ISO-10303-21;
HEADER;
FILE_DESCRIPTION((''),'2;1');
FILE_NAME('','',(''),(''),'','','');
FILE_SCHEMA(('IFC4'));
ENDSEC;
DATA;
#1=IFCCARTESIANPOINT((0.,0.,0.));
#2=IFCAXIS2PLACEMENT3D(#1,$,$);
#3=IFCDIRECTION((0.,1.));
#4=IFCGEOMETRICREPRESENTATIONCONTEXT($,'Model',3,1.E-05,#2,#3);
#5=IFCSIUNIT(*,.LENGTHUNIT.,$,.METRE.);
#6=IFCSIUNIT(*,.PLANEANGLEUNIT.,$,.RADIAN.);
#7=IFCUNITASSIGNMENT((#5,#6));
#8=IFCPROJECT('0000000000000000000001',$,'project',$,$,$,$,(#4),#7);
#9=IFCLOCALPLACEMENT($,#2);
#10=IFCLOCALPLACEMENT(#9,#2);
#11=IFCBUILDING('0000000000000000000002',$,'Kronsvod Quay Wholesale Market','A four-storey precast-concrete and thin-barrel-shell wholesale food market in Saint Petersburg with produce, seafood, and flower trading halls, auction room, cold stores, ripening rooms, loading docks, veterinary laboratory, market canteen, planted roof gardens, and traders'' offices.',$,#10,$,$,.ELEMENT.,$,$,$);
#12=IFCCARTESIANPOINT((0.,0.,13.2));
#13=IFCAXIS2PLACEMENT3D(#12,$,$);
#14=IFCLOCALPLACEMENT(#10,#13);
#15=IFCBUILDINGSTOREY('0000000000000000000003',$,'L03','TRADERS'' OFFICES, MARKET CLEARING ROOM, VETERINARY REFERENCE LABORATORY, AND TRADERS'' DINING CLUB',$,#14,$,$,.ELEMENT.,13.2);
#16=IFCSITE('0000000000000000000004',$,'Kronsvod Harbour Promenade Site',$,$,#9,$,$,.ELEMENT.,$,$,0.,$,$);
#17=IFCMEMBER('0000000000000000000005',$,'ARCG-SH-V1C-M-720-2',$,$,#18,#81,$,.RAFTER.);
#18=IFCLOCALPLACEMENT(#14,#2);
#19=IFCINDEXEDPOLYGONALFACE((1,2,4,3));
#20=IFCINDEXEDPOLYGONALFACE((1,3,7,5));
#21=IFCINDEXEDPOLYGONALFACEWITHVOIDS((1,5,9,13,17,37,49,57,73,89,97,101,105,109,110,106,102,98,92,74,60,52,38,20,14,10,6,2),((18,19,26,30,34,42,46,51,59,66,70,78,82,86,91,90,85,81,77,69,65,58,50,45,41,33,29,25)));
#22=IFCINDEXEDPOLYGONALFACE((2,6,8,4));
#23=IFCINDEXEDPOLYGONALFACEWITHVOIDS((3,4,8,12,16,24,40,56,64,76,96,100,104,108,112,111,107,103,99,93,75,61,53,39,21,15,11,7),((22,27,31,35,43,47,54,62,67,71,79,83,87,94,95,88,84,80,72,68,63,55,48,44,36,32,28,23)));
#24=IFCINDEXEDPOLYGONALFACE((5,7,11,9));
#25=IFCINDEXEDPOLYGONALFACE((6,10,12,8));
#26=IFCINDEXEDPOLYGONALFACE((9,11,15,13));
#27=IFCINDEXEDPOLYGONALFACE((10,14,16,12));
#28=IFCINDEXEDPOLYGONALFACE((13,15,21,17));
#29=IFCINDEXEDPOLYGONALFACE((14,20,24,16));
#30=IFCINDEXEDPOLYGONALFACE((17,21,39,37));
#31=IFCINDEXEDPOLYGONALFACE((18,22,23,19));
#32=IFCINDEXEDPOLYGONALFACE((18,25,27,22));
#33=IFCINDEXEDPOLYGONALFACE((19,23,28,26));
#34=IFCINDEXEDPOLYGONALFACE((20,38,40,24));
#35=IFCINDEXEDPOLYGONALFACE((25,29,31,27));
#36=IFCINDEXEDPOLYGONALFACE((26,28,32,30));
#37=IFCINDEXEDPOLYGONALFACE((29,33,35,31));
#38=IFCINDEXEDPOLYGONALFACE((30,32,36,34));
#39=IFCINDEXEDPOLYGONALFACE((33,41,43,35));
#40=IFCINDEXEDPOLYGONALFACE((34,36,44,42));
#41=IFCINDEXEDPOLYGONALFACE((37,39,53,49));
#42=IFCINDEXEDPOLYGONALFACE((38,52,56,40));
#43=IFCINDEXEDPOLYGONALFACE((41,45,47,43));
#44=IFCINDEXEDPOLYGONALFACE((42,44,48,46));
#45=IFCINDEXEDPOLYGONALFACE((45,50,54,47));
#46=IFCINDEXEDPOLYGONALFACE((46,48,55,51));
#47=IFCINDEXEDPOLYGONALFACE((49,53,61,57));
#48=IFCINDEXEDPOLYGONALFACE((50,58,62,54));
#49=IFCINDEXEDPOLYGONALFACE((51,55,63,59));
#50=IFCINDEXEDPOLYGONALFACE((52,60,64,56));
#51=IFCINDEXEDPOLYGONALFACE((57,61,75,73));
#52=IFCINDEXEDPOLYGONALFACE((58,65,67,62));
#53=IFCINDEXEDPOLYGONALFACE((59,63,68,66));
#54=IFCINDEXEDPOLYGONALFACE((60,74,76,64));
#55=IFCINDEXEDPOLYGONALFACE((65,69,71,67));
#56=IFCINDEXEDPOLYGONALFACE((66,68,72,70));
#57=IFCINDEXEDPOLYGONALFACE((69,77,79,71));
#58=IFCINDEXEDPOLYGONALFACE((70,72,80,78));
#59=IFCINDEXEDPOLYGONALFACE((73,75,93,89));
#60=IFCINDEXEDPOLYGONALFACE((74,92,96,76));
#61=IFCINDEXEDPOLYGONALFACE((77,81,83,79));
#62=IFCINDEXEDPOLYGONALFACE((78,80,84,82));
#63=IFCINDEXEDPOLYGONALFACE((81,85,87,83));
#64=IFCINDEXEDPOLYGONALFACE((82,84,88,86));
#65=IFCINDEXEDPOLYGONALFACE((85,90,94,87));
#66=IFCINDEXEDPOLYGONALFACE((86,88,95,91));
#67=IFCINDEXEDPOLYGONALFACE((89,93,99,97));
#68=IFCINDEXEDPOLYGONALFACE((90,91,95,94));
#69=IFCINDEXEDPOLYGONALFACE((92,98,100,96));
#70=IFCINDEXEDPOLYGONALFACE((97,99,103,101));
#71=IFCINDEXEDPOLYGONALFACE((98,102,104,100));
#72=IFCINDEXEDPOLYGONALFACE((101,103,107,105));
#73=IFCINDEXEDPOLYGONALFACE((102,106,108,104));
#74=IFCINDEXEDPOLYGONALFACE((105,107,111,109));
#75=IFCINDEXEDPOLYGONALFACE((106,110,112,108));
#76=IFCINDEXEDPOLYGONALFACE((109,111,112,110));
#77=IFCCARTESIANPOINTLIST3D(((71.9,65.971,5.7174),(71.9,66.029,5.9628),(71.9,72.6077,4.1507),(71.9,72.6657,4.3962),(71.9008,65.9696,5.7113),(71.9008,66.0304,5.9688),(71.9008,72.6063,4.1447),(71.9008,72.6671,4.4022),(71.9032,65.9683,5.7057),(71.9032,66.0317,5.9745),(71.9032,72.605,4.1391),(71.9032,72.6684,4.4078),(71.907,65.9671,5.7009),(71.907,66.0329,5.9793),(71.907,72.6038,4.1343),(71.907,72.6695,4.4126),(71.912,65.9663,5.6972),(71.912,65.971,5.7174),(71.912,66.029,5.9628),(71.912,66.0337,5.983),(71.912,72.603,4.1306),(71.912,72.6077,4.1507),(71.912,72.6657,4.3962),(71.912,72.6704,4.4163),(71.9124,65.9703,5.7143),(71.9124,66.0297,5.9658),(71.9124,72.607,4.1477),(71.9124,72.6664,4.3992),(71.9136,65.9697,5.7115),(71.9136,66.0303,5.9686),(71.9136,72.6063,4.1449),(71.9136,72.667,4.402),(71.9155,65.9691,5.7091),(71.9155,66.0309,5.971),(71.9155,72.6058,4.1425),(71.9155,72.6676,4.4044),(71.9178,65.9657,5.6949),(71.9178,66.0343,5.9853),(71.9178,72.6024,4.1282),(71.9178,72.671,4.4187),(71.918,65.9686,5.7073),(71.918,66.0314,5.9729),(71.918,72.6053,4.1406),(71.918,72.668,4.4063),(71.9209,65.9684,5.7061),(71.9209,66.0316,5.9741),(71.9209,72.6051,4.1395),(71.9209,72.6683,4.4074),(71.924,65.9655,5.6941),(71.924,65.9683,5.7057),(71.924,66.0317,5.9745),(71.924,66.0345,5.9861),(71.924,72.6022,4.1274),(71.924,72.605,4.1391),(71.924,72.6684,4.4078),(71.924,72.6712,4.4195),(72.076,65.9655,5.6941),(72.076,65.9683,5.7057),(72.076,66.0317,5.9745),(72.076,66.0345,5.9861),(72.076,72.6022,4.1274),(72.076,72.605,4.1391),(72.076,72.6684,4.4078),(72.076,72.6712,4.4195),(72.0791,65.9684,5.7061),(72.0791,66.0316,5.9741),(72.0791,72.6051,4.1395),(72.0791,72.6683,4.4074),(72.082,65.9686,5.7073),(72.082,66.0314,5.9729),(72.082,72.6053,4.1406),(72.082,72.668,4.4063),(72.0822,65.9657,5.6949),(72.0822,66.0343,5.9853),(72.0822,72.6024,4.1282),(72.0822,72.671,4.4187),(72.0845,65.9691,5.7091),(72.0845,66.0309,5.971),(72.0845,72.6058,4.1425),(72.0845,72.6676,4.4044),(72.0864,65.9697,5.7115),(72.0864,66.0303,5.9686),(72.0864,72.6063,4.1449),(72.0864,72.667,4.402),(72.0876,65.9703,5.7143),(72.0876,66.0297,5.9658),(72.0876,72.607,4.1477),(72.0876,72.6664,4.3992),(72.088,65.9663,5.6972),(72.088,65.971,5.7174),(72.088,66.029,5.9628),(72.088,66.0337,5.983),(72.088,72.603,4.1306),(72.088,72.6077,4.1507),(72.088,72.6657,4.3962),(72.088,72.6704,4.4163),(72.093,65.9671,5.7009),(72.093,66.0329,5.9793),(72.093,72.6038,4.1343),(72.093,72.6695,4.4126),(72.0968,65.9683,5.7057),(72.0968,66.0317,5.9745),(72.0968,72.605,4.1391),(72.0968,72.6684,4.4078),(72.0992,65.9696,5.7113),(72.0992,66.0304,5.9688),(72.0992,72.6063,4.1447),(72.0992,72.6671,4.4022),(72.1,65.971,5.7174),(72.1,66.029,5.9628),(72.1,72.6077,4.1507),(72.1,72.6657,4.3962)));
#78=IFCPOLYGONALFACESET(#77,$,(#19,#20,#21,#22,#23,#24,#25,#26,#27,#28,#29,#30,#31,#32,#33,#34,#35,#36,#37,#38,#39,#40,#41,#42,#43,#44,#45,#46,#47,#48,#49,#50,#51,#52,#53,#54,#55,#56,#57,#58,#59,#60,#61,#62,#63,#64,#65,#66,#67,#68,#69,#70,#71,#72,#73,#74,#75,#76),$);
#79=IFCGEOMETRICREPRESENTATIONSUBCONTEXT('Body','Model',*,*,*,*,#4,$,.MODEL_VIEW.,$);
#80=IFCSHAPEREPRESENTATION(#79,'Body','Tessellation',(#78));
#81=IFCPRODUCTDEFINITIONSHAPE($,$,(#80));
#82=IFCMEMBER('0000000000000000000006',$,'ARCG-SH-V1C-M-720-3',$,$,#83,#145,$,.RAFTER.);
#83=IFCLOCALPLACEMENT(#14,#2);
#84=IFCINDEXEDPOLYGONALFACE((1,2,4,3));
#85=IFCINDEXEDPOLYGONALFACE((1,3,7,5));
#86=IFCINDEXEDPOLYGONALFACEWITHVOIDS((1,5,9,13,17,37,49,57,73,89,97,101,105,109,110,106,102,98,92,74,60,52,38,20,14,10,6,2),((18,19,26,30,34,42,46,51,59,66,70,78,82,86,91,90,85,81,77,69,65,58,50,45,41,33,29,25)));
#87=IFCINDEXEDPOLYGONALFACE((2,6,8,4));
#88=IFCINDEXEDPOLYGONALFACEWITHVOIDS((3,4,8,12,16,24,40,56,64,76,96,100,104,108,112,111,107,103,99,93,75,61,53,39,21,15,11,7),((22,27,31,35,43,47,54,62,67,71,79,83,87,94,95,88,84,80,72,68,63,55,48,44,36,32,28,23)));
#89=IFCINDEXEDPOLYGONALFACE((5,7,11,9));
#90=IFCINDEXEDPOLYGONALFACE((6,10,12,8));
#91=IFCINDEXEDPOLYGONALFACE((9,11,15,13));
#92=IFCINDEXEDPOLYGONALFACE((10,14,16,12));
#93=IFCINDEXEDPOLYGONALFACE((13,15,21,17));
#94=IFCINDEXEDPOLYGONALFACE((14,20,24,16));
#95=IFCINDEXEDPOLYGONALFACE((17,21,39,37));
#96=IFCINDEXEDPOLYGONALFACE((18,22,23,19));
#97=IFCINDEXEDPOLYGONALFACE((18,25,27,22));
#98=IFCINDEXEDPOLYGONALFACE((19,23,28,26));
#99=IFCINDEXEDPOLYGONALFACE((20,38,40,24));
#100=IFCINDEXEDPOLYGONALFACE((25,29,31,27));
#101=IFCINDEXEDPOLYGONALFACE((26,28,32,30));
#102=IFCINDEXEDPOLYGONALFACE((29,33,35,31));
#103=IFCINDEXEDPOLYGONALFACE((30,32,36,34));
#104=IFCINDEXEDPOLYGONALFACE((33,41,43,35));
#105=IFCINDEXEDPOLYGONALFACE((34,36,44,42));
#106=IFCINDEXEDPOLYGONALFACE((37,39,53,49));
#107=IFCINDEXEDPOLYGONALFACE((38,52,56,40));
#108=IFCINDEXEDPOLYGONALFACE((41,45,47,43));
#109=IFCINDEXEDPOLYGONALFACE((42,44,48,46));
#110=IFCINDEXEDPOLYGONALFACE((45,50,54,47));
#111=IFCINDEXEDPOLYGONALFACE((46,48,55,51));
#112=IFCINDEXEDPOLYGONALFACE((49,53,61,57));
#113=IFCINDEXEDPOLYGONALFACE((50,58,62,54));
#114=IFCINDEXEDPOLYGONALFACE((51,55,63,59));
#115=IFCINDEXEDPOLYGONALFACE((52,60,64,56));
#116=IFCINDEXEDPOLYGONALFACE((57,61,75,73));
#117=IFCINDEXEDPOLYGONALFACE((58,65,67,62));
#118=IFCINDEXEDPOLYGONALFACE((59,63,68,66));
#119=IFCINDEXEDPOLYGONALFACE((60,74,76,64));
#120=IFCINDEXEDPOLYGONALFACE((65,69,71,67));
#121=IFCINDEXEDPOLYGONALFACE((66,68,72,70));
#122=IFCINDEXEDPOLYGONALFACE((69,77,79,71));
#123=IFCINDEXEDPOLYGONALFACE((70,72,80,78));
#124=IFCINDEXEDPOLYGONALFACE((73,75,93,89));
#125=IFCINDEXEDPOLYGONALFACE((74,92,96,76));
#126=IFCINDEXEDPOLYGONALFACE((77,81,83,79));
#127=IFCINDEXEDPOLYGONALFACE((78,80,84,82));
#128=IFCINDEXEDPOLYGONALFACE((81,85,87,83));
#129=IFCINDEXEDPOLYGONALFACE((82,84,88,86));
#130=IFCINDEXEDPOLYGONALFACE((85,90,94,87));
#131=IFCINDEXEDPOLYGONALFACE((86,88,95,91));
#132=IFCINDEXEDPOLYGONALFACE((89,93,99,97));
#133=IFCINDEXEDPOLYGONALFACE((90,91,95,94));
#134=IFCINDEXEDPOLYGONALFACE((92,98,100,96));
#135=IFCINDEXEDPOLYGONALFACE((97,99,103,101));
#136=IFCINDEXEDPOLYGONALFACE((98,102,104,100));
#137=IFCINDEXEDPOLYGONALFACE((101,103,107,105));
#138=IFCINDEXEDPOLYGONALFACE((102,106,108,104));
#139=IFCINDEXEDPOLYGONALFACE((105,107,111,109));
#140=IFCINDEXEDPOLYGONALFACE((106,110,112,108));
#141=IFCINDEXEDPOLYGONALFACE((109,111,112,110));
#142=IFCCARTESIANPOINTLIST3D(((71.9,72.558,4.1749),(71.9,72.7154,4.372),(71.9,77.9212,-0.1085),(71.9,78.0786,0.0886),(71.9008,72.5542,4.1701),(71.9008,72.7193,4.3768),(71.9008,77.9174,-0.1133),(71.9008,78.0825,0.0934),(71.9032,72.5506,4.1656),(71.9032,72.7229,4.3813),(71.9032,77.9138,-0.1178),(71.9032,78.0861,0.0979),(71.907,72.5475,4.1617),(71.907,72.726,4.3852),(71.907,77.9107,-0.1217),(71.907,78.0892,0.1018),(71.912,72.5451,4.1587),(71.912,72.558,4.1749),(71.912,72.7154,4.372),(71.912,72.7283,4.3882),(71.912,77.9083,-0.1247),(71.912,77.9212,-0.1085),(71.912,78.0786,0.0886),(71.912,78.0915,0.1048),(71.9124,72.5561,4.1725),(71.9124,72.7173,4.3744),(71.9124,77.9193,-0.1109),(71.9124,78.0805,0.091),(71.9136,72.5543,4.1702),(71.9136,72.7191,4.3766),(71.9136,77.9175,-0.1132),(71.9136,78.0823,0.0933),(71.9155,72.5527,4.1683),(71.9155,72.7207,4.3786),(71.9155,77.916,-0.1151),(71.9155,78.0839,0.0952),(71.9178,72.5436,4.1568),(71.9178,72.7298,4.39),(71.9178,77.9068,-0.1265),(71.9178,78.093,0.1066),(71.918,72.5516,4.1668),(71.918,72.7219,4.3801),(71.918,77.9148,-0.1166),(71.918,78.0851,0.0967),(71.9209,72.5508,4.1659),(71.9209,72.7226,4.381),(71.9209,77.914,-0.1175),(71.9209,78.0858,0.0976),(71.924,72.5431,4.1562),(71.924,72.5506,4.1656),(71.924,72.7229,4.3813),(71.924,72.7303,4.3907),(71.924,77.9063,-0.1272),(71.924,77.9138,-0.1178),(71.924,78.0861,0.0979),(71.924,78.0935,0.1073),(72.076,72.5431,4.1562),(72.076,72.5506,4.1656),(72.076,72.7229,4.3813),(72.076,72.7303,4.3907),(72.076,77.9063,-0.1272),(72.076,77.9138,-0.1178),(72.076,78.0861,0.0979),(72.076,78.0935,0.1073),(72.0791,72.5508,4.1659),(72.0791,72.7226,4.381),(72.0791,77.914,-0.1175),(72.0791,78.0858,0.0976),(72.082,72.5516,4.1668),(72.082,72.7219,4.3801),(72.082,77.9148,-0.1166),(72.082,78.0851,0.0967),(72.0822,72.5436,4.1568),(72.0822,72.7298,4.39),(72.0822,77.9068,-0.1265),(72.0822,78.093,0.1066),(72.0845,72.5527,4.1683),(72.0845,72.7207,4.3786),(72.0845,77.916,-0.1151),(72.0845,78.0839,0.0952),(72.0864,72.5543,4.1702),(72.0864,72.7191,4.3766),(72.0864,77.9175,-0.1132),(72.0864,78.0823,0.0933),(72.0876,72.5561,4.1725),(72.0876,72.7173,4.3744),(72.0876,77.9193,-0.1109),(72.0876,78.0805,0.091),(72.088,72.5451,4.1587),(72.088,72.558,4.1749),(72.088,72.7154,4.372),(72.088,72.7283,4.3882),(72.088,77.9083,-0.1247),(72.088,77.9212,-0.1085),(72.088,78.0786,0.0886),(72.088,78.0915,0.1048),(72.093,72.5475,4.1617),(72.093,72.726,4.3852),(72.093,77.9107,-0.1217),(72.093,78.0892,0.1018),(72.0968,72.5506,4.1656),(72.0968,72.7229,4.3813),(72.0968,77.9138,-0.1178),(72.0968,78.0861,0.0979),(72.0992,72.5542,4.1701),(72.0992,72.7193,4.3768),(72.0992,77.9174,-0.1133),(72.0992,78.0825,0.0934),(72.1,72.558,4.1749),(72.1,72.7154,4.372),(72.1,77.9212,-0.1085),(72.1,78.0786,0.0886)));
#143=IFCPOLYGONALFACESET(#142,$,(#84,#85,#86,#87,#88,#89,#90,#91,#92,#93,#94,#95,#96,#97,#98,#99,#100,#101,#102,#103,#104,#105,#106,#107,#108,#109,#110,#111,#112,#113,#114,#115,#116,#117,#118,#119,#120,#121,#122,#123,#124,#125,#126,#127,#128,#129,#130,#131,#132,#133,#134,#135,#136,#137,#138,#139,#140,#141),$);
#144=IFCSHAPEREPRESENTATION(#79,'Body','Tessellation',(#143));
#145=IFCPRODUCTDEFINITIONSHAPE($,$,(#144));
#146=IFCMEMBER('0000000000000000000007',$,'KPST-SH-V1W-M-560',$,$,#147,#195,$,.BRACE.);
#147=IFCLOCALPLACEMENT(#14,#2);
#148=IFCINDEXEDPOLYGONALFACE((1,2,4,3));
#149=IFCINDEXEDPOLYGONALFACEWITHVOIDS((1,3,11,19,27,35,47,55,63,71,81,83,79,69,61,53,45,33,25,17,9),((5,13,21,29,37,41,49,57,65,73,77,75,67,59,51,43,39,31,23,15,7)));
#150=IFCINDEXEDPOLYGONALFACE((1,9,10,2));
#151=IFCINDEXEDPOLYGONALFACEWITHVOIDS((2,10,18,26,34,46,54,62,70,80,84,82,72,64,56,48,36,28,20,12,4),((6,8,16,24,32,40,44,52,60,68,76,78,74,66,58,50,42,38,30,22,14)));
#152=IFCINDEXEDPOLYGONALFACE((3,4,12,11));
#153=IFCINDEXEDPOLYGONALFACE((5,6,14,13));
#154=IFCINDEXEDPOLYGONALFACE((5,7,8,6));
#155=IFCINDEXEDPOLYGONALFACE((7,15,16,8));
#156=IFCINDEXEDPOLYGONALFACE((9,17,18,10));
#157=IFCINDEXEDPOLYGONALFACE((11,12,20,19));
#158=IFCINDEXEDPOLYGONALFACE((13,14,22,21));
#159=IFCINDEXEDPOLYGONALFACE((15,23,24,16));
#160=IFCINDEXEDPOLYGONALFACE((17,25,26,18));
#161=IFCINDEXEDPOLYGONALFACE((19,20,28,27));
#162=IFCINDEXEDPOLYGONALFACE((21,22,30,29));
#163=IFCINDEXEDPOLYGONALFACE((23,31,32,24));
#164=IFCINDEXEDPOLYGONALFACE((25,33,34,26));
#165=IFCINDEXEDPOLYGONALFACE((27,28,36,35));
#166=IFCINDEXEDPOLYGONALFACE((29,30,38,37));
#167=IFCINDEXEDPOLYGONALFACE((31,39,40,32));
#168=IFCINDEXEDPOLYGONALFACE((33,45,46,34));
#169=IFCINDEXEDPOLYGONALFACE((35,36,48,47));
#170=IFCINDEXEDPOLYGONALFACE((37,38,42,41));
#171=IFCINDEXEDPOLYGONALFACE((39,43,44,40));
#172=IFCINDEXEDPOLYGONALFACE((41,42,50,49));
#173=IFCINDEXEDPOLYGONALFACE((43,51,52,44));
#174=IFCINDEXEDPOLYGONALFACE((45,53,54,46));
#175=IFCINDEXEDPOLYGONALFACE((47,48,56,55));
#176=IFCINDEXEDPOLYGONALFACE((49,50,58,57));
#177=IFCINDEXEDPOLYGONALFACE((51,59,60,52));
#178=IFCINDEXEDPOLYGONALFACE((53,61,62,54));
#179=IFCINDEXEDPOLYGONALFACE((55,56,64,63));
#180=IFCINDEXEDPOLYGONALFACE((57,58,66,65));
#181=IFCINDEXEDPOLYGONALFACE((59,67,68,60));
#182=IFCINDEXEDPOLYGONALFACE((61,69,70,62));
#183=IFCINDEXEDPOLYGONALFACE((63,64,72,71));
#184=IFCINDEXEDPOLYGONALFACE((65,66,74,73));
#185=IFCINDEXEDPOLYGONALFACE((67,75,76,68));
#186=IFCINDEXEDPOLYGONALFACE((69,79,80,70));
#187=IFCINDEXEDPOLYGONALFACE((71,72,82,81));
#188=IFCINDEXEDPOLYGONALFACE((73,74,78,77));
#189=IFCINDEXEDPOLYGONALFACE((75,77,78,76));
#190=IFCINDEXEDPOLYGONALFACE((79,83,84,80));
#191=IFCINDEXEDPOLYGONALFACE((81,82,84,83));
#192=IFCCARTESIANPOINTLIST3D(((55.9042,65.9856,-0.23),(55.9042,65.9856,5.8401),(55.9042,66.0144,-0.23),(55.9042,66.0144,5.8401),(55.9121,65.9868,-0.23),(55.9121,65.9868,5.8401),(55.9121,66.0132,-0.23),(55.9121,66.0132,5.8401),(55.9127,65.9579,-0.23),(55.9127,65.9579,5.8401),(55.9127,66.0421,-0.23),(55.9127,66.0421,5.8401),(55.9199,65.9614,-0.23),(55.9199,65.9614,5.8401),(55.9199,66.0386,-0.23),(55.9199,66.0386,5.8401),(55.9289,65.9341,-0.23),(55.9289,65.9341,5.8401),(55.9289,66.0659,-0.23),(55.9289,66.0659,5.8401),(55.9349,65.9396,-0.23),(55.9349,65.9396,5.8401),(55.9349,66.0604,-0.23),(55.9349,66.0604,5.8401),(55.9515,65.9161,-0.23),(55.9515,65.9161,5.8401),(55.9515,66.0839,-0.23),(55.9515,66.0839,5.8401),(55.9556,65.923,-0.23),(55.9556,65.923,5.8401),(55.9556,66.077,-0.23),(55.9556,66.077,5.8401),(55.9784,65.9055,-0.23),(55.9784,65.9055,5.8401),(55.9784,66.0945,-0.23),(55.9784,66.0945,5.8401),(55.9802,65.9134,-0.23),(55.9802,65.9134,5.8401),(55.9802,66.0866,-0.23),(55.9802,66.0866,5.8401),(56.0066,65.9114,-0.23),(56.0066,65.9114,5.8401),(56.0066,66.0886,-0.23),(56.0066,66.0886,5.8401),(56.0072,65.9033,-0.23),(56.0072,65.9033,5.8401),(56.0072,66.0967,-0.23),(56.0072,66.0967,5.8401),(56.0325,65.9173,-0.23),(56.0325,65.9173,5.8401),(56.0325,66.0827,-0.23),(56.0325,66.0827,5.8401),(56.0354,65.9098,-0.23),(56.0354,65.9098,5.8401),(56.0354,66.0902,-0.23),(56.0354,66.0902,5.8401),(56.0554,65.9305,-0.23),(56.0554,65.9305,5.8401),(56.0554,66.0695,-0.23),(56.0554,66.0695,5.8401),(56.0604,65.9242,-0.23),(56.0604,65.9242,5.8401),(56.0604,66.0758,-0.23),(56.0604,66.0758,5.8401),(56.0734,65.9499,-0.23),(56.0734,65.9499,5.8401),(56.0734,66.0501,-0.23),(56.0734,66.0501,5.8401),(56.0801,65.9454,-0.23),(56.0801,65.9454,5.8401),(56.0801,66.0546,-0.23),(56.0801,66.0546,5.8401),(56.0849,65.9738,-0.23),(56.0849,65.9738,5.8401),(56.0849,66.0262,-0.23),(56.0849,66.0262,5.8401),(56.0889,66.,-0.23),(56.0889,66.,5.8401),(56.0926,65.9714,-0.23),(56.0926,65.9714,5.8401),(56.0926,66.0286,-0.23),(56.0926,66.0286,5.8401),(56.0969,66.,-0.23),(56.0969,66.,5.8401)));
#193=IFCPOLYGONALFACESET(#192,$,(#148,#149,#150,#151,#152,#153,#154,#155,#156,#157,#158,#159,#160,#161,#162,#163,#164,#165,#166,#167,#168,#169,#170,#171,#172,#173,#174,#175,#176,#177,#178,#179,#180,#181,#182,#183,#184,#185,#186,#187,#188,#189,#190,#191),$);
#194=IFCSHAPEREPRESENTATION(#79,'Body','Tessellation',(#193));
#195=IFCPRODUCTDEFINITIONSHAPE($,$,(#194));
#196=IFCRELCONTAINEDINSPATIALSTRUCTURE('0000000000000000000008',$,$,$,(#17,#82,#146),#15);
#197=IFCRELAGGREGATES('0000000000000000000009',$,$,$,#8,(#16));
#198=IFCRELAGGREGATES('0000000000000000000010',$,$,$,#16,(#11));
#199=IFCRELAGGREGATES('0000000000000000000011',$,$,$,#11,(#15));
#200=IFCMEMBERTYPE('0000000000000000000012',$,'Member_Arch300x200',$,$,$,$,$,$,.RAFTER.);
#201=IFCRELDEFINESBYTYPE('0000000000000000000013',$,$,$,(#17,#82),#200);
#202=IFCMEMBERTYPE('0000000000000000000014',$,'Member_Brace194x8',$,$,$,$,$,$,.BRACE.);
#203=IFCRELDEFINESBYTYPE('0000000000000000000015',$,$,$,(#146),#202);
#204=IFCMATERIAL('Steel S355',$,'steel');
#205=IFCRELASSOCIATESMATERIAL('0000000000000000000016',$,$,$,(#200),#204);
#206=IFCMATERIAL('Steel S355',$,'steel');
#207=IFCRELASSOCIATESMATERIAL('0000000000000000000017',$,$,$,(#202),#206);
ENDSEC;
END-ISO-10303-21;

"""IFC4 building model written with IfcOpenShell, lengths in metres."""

from ifc_helpers import new_model, si_unit, direction, frame, origin, origin_2d, place, context, subcontext, project, spatial, hollow_rectangle, hollow_circle, extrude, material, material_profile, profile_set, type_object, element, save


model = new_model("IFC4")

# Units and contexts
model_context = context("Model", 3, precision=1e-05, world=origin(), true_north=direction((0.0, 1.0)))
body_context = subcontext(model_context, "Body", "Model", "MODEL_VIEW")
ifc_project = project(units=[si_unit("LENGTHUNIT", "METRE"), si_unit("PLANEANGLEUNIT", "RADIAN")], contexts=[model_context])

# Site, building, storey
site_placement = place(None, origin())
site = spatial("IfcSite", under=ifc_project, at=site_placement, Name="Kronsvod Harbour Promenade Site", CompositionType="ELEMENT", RefElevation=0.0)
building_placement = place(site_placement, origin())
building = spatial("IfcBuilding", under=site, at=building_placement, Name="Kronsvod Quay Wholesale Market", Description="A four-storey precast-concrete and thin-barrel-shell wholesale food market in Saint Petersburg with produce, seafood, and flower trading halls, auction room, cold stores, ripening rooms, loading docks, veterinary laboratory, market canteen, planted roof gardens, and traders' offices.", CompositionType="ELEMENT")
storey_placement = place(building_placement, frame((0.0, 0.0, 13.2)))
storey = spatial("IfcBuildingStorey", under=building, at=storey_placement, Name="L03", Description="TRADERS' OFFICES, MARKET CLEARING ROOM, VETERINARY REFERENCE LABORATORY, AND TRADERS' DINING CLUB", CompositionType="ELEMENT", Elevation=13.2)

# Members
ifc_material_1 = material(Name="Steel S355", Category="steel")
ifc_material_profile_1 = material_profile(ifc_material_1, hollow_rectangle(XDim=0.2, YDim=0.3, WallThickness=0.012, InnerFilletRadius=0.012, OuterFilletRadius=0.0239, at=origin_2d()), Name="RHS300x200x12")
ifc_profile_set_1 = profile_set([ifc_material_profile_1], Name="Steel S355")
member_type_1 = type_object("IfcMemberType", Name="Member_Arch300x200", PredefinedType="RAFTER", material=ifc_profile_set_1)
for number, where, z_axis, x_axis, name in (
    (1, (72.0, 66.0, 5.8401), (0.0, 0.973251, -0.229744), (-1.0, 0.0, 0.0), "ARCG-SH-V1C-M-720-2"),
):
    element("IfcMember", number, at=place(storey_placement, frame(where, z_axis=z_axis, x_axis=x_axis)), inside=storey, type_object=member_type_1, Name=name, PredefinedType="RAFTER", context=body_context, shape_type="SweptSolid", body=[
        extrude(hollow_rectangle(XDim=0.2, YDim=0.3, WallThickness=0.012, InnerFilletRadius=0.012, OuterFilletRadius=0.0239, at=origin_2d()), origin(), (0.0, 0.0, 1.0), 6.8191),
    ])
member_1_placement = place(storey_placement, frame((72.0, 72.6367, 4.2734), z_axis=(0.0, 0.781379, -0.624057), x_axis=(-1.0, 0.0, 0.0)))
element("IfcMember", 2, at=member_1_placement, inside=storey, type_object=member_type_1, Name="ARCG-SH-V1C-M-720-3", PredefinedType="RAFTER", context=body_context, shape_type="SweptSolid", body=[
    extrude(hollow_rectangle(XDim=0.2, YDim=0.3, WallThickness=0.012, InnerFilletRadius=0.012, OuterFilletRadius=0.0239, at=origin_2d()), origin(), (0.0, 0.0, 1.0), 6.8638),
])
ifc_material_2 = material(Name="Steel S355", Category="steel")
ifc_material_profile_2 = material_profile(ifc_material_2, hollow_circle(Radius=0.0969, WallThickness=0.0081, at=origin_2d()), Name="CHS194x8")
ifc_profile_set_2 = profile_set([ifc_material_profile_2], Name="Steel S355")
member_type_2 = type_object("IfcMemberType", Name="Member_Brace194x8", PredefinedType="BRACE", material=ifc_profile_set_2)
member_2_placement = place(storey_placement, frame((56.0, 66.0, -0.23), z_axis=(0.0, 0.0, 1.0), x_axis=(1.0, 0.0, 0.0)))
element("IfcMember", 3, at=member_2_placement, inside=storey, type_object=member_type_2, Name="KPST-SH-V1W-M-560", PredefinedType="BRACE", context=body_context, shape_type="SweptSolid", body=[
    extrude(hollow_circle(Radius=0.0969, WallThickness=0.0081, at=origin_2d()), origin(), (0.0, 0.0, 1.0), 6.0701),
])

save(model, "model.ifc")
